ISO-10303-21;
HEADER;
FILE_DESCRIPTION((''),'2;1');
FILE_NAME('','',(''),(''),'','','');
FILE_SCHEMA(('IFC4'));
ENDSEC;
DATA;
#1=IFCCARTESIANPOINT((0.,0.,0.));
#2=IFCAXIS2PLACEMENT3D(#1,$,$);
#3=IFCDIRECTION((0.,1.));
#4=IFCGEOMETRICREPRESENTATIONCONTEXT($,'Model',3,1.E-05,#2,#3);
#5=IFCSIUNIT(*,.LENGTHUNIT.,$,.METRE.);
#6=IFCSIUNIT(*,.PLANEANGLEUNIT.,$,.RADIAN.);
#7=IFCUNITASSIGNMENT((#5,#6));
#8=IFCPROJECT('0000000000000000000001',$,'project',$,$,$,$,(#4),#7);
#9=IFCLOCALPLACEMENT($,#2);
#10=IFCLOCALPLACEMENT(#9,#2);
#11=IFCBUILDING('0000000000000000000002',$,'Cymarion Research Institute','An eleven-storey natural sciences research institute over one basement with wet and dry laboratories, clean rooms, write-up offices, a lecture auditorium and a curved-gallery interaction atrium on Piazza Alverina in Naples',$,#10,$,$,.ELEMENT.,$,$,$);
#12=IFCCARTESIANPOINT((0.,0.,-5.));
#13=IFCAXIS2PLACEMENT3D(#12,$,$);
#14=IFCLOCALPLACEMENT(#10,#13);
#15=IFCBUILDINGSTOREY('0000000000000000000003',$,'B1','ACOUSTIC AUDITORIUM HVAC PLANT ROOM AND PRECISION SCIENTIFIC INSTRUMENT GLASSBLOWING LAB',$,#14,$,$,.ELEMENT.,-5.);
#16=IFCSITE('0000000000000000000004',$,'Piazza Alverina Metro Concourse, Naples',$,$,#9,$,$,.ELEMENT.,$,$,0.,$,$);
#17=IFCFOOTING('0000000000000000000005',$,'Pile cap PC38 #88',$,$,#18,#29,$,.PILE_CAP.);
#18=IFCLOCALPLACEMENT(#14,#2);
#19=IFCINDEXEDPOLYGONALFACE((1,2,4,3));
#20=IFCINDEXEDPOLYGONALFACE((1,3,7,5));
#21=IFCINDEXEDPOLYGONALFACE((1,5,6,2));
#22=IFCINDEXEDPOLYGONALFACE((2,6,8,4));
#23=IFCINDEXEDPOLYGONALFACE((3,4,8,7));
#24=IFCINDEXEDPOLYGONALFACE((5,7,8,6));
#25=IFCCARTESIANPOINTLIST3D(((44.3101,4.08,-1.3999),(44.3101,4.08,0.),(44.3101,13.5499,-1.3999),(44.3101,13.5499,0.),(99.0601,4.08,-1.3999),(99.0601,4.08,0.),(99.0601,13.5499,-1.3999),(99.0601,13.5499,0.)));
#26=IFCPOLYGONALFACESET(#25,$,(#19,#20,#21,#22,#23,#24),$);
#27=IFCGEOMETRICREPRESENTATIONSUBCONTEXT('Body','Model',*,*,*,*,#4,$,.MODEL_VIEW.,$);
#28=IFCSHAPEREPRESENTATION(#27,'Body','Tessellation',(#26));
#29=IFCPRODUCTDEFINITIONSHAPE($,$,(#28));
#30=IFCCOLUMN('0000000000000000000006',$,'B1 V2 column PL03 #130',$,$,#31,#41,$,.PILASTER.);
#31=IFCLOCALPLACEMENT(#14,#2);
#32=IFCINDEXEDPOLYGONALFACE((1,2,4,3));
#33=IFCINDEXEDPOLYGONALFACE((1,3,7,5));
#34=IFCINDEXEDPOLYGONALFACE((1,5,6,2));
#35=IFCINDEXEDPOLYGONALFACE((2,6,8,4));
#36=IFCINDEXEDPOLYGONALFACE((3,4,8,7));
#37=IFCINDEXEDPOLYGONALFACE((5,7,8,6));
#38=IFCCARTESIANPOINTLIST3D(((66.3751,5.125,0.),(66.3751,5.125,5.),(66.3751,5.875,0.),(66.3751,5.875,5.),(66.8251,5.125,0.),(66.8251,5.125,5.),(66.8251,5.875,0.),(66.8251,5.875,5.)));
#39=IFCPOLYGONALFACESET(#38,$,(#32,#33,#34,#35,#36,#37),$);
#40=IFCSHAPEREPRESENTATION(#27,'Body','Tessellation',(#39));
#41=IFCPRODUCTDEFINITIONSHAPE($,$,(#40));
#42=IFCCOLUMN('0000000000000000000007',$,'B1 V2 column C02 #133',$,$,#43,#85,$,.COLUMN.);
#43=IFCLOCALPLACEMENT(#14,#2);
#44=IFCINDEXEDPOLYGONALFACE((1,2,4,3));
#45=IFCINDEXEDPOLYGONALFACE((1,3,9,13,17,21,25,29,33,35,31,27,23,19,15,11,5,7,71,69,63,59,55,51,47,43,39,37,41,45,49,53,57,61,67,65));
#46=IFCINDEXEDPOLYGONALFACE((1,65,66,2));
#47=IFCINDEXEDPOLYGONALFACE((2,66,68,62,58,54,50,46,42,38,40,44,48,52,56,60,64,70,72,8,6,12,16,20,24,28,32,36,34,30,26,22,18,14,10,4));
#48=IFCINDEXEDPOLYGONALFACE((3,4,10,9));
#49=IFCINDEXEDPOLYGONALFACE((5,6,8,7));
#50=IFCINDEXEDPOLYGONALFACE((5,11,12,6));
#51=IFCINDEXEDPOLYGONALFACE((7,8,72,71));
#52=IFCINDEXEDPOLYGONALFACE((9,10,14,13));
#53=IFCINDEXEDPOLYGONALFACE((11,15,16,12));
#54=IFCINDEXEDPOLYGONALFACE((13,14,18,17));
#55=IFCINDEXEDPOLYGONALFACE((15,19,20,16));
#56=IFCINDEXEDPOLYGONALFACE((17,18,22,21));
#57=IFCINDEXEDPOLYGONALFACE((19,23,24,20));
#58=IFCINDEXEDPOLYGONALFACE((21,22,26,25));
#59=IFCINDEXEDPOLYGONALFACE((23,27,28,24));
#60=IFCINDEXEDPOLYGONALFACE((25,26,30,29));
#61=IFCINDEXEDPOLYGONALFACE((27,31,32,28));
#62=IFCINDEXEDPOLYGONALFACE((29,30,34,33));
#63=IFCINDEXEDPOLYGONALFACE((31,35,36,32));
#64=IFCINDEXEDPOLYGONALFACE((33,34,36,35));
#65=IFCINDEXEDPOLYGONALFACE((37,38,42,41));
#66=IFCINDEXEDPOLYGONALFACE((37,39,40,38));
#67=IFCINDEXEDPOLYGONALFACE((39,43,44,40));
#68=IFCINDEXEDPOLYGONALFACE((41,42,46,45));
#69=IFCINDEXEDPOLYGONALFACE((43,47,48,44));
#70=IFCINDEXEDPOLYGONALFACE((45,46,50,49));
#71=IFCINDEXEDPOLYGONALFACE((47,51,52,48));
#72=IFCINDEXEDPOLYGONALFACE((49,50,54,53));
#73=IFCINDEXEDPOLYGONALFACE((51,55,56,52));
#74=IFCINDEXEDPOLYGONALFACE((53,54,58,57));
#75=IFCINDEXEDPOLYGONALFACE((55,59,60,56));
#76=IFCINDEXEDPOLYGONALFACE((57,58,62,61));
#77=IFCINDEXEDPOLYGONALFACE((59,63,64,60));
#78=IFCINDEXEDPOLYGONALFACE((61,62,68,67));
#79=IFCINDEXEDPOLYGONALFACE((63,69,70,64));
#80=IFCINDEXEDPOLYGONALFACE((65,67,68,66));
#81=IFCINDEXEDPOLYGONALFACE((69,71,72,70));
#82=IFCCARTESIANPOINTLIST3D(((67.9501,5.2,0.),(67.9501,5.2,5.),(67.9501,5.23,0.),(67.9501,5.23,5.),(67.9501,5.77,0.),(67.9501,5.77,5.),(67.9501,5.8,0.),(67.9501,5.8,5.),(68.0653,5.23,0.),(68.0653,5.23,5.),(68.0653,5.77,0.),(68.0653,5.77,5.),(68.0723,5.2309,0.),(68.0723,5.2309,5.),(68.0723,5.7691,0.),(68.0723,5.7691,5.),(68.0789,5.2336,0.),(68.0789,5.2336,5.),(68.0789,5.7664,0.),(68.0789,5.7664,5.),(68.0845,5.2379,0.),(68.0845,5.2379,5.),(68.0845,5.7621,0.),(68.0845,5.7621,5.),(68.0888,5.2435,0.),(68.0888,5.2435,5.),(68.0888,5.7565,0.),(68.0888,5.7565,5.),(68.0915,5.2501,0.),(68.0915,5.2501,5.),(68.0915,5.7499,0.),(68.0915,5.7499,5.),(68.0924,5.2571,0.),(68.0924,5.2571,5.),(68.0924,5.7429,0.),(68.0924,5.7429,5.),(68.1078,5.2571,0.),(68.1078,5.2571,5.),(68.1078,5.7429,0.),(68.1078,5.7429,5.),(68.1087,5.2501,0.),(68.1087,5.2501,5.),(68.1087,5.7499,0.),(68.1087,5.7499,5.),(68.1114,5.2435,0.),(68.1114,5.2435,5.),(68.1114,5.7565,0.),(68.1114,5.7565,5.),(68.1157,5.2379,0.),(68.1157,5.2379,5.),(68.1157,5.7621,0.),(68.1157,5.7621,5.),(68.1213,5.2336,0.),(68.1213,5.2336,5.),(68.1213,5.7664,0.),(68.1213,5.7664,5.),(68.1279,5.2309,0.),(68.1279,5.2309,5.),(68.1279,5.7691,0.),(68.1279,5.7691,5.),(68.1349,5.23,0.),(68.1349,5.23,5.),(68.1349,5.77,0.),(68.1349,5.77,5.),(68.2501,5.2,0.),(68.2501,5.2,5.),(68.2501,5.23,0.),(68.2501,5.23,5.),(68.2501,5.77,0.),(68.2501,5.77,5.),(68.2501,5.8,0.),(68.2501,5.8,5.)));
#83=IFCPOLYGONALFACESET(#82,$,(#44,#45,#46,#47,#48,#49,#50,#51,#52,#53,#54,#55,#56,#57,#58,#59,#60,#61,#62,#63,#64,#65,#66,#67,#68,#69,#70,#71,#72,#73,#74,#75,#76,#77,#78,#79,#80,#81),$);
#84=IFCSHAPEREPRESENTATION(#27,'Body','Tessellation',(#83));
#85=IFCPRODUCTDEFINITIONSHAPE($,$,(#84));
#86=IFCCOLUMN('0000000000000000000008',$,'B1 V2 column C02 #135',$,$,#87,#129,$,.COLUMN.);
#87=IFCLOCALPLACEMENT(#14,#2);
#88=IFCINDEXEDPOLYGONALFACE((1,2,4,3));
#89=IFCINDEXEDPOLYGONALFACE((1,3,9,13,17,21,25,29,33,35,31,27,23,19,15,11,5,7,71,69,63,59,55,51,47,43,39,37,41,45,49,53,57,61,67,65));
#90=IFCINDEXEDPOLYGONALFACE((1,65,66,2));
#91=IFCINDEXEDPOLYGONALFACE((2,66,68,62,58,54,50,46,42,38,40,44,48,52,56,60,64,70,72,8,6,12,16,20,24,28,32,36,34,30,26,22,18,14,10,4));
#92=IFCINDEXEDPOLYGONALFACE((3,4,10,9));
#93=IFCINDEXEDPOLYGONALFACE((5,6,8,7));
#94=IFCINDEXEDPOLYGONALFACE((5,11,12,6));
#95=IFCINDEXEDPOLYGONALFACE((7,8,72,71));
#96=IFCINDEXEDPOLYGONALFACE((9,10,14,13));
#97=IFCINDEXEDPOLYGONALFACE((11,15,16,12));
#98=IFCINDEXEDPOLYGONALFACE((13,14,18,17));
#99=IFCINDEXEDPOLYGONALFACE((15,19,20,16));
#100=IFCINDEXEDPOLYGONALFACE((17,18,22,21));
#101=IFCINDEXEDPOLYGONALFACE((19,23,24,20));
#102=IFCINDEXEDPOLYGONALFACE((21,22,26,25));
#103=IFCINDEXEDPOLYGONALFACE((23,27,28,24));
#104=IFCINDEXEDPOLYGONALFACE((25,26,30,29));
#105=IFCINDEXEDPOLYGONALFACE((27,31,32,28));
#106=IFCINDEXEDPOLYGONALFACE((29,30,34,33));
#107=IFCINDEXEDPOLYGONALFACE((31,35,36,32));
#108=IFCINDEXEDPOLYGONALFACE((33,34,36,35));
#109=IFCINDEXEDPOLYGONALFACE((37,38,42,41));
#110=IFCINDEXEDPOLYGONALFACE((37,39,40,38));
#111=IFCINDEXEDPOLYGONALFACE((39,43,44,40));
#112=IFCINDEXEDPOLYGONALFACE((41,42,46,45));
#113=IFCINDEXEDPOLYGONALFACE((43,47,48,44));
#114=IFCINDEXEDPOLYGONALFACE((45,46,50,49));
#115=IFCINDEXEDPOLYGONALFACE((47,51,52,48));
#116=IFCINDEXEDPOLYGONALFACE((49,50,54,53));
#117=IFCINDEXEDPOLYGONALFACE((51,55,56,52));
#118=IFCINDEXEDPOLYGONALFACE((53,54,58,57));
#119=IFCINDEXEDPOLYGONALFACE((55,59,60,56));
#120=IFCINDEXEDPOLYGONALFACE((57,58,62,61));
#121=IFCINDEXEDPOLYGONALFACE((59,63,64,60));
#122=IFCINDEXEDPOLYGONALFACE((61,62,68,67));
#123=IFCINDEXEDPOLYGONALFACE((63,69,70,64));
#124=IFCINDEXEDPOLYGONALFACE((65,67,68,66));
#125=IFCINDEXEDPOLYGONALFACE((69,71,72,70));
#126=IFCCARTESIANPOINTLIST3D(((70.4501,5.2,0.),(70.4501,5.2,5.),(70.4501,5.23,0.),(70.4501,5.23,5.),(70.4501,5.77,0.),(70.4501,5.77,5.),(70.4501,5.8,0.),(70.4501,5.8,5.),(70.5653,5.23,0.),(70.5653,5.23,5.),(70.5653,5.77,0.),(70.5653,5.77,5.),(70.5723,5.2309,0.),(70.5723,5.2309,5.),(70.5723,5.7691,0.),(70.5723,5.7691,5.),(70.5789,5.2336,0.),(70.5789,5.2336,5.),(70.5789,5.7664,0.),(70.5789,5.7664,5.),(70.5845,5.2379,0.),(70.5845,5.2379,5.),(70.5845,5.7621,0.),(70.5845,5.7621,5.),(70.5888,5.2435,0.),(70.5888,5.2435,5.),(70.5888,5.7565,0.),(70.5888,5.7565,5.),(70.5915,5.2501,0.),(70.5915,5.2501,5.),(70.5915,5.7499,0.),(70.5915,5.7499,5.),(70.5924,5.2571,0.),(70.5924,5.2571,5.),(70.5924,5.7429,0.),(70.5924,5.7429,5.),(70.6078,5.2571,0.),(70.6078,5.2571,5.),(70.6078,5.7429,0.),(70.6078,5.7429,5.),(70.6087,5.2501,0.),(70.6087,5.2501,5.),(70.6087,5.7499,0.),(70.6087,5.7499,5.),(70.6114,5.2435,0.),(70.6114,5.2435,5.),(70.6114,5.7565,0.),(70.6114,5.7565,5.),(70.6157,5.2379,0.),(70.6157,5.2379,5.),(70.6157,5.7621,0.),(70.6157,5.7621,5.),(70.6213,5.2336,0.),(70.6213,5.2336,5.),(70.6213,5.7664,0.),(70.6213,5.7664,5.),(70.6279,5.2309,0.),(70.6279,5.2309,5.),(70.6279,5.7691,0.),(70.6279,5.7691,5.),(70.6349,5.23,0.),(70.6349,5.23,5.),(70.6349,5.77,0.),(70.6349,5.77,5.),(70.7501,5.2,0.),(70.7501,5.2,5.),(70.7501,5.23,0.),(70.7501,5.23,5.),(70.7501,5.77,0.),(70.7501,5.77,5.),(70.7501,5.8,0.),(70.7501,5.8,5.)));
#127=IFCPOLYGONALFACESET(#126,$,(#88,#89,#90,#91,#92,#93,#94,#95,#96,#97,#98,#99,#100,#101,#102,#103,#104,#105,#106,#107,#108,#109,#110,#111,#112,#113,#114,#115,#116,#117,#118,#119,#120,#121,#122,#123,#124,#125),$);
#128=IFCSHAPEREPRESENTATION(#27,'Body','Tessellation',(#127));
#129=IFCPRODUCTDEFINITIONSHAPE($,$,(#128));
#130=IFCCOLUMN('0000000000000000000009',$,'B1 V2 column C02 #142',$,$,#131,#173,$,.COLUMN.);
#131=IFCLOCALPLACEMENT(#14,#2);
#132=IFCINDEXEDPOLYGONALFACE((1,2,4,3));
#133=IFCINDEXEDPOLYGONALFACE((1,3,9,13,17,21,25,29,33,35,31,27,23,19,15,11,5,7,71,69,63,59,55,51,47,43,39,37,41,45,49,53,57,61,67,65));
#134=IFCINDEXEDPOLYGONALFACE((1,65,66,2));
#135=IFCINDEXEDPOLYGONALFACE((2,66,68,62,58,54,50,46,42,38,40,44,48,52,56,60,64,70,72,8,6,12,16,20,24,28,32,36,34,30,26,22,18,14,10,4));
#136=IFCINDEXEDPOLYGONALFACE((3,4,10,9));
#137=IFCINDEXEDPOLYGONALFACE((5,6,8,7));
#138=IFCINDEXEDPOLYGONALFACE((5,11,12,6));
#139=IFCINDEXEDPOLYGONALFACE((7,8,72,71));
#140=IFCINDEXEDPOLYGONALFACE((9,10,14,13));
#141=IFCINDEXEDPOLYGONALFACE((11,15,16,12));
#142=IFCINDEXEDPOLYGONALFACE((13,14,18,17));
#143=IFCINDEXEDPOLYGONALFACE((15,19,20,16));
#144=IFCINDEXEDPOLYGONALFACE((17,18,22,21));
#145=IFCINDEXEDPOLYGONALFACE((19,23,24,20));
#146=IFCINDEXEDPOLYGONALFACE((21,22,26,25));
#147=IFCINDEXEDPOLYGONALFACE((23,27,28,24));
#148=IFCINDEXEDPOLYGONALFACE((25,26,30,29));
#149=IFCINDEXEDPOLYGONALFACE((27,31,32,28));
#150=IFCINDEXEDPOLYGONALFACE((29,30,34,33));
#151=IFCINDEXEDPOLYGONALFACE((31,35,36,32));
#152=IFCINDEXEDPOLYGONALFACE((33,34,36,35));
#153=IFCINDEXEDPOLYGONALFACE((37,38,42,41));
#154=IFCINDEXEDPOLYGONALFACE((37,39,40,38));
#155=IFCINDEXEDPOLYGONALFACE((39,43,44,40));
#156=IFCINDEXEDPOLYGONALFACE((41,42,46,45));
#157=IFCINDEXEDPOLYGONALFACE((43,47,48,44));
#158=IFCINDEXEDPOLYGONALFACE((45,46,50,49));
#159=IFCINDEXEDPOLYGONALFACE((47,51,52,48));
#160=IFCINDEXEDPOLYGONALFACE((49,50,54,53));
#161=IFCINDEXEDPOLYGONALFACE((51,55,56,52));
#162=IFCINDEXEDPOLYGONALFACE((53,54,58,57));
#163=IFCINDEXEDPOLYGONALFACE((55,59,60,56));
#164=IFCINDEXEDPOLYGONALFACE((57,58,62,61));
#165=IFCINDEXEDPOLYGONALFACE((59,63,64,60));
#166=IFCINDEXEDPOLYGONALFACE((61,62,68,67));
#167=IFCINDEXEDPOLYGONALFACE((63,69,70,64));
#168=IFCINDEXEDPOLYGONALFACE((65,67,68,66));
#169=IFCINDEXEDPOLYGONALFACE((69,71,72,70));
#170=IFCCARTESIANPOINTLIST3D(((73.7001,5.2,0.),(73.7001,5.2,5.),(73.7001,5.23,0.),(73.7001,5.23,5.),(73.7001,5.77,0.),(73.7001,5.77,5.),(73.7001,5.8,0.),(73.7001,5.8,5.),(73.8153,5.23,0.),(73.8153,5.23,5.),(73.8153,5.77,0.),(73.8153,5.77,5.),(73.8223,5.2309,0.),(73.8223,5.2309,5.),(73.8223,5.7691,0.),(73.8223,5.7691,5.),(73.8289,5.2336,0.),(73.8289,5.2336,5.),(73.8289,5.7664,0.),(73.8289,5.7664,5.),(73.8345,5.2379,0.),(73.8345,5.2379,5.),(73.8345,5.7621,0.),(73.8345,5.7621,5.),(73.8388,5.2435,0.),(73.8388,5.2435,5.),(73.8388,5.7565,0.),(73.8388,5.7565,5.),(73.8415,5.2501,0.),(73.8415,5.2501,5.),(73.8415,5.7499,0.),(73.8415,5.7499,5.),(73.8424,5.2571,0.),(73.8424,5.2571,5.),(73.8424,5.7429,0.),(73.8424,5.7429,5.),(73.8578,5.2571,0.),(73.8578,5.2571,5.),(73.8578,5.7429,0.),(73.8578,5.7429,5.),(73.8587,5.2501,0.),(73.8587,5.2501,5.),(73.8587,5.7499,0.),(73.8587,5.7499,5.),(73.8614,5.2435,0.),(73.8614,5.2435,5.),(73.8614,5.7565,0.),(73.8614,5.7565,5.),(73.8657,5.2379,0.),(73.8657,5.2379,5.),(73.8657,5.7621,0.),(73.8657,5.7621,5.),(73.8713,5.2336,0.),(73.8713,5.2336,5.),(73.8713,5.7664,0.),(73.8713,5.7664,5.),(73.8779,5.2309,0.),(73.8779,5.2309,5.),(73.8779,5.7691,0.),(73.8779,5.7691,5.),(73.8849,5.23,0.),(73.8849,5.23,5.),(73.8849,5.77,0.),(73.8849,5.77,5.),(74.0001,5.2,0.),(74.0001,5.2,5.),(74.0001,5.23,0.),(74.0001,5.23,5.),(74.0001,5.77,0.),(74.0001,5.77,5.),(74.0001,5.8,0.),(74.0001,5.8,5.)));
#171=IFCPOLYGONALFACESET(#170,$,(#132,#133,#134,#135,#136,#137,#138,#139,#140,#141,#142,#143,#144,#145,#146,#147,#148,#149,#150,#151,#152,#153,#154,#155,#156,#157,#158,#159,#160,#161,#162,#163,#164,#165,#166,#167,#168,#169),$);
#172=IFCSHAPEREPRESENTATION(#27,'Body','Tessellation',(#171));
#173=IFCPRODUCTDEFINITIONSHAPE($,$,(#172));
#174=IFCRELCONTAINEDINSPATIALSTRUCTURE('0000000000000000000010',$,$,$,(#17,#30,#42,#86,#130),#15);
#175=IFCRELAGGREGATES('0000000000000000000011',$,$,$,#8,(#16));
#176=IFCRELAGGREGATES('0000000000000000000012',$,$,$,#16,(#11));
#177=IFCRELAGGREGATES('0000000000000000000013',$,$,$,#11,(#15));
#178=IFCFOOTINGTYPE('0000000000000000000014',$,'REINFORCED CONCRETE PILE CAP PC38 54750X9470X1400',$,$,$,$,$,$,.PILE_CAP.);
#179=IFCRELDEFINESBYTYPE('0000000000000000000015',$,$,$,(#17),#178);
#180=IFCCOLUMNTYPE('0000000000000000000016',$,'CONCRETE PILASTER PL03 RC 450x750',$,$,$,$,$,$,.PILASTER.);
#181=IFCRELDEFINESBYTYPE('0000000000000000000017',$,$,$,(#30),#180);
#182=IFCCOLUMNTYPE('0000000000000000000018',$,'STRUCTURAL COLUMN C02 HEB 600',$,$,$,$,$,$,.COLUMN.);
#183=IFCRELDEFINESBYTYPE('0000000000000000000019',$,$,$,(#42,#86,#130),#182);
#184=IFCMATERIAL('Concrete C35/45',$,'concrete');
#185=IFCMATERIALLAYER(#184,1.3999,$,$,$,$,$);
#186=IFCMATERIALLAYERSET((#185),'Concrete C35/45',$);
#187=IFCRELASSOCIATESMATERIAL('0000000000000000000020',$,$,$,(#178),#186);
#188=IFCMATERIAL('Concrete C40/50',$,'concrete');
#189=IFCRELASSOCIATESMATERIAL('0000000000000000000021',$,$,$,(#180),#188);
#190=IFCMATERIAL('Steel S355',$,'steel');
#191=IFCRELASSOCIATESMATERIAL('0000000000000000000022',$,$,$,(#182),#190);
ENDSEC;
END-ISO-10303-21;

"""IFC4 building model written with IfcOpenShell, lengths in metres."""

from ifc_helpers import new_model, si_unit, direction, frame, origin, origin_2d, place, context, subcontext, project, spatial, rectangle, i_section, extrude, material, layer, layer_set, material_profile, profile_set, type_object, element, save


model = new_model("IFC4")

# Units and contexts
model_context = context("Model", 3, precision=1e-05, world=origin(), true_north=direction((0.0, 1.0)))
body_context = subcontext(model_context, "Body", "Model", "MODEL_VIEW")
ifc_project = project(units=[si_unit("LENGTHUNIT", "METRE"), si_unit("PLANEANGLEUNIT", "RADIAN")], contexts=[model_context])

# Site, building, storey
site_placement = place(None, origin())
site = spatial("IfcSite", under=ifc_project, at=site_placement, Name="Piazza Alverina Metro Concourse, Naples", CompositionType="ELEMENT", RefElevation=0.0)
building_placement = place(site_placement, origin())
building = spatial("IfcBuilding", under=site, at=building_placement, Name="Cymarion Research Institute", Description="An eleven-storey natural sciences research institute over one basement with wet and dry laboratories, clean rooms, write-up offices, a lecture auditorium and a curved-gallery interaction atrium on Piazza Alverina in Naples", CompositionType="ELEMENT")
storey_placement = place(building_placement, frame((0.0, 0.0, -5.0)))
storey = spatial("IfcBuildingStorey", under=building, at=storey_placement, Name="B1", Description="ACOUSTIC AUDITORIUM HVAC PLANT ROOM AND PRECISION SCIENTIFIC INSTRUMENT GLASSBLOWING LAB", CompositionType="ELEMENT", Elevation=-5.0)

# Shared definitions
ifc_material_1 = material(Name="Concrete C35/45", Category="concrete")

# Footing
ifc_layer_1 = layer(ifc_material_1, 1.3999)
ifc_layer_set_1 = layer_set([ifc_layer_1], Name="Concrete C35/45")
footing_type = type_object("IfcFootingType", Name="REINFORCED CONCRETE PILE CAP PC38 54750X9470X1400", PredefinedType="PILE_CAP", material=ifc_layer_set_1)
footing_placement = place(storey_placement, frame((71.6851, 8.8149, -1.3999), z_axis=(0.0, 0.0, 1.0), x_axis=(1.0, 0.0, 0.0)))
element("IfcFooting", 1, at=footing_placement, inside=storey, type_object=footing_type, Name="Pile cap PC38 #88", PredefinedType="PILE_CAP", context=body_context, shape_type="SweptSolid", body=[
    extrude(rectangle(XDim=54.75, YDim=9.47, at=origin_2d()), origin(), (0.0, 0.0, 1.0), 1.3999),
])

# Columns
ifc_material_2 = material(Name="Concrete C40/50", Category="concrete")
ifc_material_profile_1 = material_profile(ifc_material_2, rectangle(XDim=0.45, YDim=0.75, at=origin_2d()), Name="RC 450x750")
ifc_profile_set_1 = profile_set([ifc_material_profile_1], Name="Concrete C40/50")
column_type_1 = type_object("IfcColumnType", Name="CONCRETE PILASTER PL03 RC 450x750", PredefinedType="PILASTER", material=ifc_profile_set_1)
column_placement = place(storey_placement, frame((66.6001, 5.5, 0.0), z_axis=(0.0, 0.0, 1.0), x_axis=(1.0, 0.0, 0.0)))
element("IfcColumn", 2, at=column_placement, inside=storey, type_object=column_type_1, Name="B1 V2 column PL03 #130", PredefinedType="PILASTER", context=body_context, shape_type="SweptSolid", body=[
    extrude(rectangle(XDim=0.45, YDim=0.75, at=origin_2d()), origin(), (0.0, 0.0, 1.0), 5.0),
])
ifc_material_3 = material(Name="Steel S355", Category="steel")
ifc_material_profile_2 = material_profile(ifc_material_3, i_section(OverallWidth=0.3, OverallDepth=0.6001, WebThickness=0.0154, FlangeThickness=0.03, FilletRadius=0.0271, at=origin_2d()), Name="HEB 600")
ifc_profile_set_2 = profile_set([ifc_material_profile_2], Name="Steel S355")
column_type_2 = type_object("IfcColumnType", Name="STRUCTURAL COLUMN C02 HEB 600", PredefinedType="COLUMN", material=ifc_profile_set_2)
for number, where, z_axis, x_axis, name in (
    (3, (68.1001, 5.5, 0.0), (0.0, 0.0, 1.0), (1.0, 0.0, 0.0), "B1 V2 column C02 #133"),
    (4, (70.6001, 5.5, 0.0), (0.0, 0.0, 1.0), (1.0, 0.0, 0.0), "B1 V2 column C02 #135"),
    (5, (73.8501, 5.5, 0.0), (0.0, 0.0, 1.0), (1.0, 0.0, 0.0), "B1 V2 column C02 #142"),
):
    element("IfcColumn", number, at=place(storey_placement, frame(where, z_axis=z_axis, x_axis=x_axis)), inside=storey, type_object=column_type_2, Name=name, PredefinedType="COLUMN", context=body_context, shape_type="SweptSolid", body=[
        extrude(i_section(OverallWidth=0.3, OverallDepth=0.6001, WebThickness=0.0154, FlangeThickness=0.03, FilletRadius=0.0271, at=origin_2d()), origin(), (0.0, 0.0, 1.0), 5.0),
    ])

save(model, "model.ifc")
